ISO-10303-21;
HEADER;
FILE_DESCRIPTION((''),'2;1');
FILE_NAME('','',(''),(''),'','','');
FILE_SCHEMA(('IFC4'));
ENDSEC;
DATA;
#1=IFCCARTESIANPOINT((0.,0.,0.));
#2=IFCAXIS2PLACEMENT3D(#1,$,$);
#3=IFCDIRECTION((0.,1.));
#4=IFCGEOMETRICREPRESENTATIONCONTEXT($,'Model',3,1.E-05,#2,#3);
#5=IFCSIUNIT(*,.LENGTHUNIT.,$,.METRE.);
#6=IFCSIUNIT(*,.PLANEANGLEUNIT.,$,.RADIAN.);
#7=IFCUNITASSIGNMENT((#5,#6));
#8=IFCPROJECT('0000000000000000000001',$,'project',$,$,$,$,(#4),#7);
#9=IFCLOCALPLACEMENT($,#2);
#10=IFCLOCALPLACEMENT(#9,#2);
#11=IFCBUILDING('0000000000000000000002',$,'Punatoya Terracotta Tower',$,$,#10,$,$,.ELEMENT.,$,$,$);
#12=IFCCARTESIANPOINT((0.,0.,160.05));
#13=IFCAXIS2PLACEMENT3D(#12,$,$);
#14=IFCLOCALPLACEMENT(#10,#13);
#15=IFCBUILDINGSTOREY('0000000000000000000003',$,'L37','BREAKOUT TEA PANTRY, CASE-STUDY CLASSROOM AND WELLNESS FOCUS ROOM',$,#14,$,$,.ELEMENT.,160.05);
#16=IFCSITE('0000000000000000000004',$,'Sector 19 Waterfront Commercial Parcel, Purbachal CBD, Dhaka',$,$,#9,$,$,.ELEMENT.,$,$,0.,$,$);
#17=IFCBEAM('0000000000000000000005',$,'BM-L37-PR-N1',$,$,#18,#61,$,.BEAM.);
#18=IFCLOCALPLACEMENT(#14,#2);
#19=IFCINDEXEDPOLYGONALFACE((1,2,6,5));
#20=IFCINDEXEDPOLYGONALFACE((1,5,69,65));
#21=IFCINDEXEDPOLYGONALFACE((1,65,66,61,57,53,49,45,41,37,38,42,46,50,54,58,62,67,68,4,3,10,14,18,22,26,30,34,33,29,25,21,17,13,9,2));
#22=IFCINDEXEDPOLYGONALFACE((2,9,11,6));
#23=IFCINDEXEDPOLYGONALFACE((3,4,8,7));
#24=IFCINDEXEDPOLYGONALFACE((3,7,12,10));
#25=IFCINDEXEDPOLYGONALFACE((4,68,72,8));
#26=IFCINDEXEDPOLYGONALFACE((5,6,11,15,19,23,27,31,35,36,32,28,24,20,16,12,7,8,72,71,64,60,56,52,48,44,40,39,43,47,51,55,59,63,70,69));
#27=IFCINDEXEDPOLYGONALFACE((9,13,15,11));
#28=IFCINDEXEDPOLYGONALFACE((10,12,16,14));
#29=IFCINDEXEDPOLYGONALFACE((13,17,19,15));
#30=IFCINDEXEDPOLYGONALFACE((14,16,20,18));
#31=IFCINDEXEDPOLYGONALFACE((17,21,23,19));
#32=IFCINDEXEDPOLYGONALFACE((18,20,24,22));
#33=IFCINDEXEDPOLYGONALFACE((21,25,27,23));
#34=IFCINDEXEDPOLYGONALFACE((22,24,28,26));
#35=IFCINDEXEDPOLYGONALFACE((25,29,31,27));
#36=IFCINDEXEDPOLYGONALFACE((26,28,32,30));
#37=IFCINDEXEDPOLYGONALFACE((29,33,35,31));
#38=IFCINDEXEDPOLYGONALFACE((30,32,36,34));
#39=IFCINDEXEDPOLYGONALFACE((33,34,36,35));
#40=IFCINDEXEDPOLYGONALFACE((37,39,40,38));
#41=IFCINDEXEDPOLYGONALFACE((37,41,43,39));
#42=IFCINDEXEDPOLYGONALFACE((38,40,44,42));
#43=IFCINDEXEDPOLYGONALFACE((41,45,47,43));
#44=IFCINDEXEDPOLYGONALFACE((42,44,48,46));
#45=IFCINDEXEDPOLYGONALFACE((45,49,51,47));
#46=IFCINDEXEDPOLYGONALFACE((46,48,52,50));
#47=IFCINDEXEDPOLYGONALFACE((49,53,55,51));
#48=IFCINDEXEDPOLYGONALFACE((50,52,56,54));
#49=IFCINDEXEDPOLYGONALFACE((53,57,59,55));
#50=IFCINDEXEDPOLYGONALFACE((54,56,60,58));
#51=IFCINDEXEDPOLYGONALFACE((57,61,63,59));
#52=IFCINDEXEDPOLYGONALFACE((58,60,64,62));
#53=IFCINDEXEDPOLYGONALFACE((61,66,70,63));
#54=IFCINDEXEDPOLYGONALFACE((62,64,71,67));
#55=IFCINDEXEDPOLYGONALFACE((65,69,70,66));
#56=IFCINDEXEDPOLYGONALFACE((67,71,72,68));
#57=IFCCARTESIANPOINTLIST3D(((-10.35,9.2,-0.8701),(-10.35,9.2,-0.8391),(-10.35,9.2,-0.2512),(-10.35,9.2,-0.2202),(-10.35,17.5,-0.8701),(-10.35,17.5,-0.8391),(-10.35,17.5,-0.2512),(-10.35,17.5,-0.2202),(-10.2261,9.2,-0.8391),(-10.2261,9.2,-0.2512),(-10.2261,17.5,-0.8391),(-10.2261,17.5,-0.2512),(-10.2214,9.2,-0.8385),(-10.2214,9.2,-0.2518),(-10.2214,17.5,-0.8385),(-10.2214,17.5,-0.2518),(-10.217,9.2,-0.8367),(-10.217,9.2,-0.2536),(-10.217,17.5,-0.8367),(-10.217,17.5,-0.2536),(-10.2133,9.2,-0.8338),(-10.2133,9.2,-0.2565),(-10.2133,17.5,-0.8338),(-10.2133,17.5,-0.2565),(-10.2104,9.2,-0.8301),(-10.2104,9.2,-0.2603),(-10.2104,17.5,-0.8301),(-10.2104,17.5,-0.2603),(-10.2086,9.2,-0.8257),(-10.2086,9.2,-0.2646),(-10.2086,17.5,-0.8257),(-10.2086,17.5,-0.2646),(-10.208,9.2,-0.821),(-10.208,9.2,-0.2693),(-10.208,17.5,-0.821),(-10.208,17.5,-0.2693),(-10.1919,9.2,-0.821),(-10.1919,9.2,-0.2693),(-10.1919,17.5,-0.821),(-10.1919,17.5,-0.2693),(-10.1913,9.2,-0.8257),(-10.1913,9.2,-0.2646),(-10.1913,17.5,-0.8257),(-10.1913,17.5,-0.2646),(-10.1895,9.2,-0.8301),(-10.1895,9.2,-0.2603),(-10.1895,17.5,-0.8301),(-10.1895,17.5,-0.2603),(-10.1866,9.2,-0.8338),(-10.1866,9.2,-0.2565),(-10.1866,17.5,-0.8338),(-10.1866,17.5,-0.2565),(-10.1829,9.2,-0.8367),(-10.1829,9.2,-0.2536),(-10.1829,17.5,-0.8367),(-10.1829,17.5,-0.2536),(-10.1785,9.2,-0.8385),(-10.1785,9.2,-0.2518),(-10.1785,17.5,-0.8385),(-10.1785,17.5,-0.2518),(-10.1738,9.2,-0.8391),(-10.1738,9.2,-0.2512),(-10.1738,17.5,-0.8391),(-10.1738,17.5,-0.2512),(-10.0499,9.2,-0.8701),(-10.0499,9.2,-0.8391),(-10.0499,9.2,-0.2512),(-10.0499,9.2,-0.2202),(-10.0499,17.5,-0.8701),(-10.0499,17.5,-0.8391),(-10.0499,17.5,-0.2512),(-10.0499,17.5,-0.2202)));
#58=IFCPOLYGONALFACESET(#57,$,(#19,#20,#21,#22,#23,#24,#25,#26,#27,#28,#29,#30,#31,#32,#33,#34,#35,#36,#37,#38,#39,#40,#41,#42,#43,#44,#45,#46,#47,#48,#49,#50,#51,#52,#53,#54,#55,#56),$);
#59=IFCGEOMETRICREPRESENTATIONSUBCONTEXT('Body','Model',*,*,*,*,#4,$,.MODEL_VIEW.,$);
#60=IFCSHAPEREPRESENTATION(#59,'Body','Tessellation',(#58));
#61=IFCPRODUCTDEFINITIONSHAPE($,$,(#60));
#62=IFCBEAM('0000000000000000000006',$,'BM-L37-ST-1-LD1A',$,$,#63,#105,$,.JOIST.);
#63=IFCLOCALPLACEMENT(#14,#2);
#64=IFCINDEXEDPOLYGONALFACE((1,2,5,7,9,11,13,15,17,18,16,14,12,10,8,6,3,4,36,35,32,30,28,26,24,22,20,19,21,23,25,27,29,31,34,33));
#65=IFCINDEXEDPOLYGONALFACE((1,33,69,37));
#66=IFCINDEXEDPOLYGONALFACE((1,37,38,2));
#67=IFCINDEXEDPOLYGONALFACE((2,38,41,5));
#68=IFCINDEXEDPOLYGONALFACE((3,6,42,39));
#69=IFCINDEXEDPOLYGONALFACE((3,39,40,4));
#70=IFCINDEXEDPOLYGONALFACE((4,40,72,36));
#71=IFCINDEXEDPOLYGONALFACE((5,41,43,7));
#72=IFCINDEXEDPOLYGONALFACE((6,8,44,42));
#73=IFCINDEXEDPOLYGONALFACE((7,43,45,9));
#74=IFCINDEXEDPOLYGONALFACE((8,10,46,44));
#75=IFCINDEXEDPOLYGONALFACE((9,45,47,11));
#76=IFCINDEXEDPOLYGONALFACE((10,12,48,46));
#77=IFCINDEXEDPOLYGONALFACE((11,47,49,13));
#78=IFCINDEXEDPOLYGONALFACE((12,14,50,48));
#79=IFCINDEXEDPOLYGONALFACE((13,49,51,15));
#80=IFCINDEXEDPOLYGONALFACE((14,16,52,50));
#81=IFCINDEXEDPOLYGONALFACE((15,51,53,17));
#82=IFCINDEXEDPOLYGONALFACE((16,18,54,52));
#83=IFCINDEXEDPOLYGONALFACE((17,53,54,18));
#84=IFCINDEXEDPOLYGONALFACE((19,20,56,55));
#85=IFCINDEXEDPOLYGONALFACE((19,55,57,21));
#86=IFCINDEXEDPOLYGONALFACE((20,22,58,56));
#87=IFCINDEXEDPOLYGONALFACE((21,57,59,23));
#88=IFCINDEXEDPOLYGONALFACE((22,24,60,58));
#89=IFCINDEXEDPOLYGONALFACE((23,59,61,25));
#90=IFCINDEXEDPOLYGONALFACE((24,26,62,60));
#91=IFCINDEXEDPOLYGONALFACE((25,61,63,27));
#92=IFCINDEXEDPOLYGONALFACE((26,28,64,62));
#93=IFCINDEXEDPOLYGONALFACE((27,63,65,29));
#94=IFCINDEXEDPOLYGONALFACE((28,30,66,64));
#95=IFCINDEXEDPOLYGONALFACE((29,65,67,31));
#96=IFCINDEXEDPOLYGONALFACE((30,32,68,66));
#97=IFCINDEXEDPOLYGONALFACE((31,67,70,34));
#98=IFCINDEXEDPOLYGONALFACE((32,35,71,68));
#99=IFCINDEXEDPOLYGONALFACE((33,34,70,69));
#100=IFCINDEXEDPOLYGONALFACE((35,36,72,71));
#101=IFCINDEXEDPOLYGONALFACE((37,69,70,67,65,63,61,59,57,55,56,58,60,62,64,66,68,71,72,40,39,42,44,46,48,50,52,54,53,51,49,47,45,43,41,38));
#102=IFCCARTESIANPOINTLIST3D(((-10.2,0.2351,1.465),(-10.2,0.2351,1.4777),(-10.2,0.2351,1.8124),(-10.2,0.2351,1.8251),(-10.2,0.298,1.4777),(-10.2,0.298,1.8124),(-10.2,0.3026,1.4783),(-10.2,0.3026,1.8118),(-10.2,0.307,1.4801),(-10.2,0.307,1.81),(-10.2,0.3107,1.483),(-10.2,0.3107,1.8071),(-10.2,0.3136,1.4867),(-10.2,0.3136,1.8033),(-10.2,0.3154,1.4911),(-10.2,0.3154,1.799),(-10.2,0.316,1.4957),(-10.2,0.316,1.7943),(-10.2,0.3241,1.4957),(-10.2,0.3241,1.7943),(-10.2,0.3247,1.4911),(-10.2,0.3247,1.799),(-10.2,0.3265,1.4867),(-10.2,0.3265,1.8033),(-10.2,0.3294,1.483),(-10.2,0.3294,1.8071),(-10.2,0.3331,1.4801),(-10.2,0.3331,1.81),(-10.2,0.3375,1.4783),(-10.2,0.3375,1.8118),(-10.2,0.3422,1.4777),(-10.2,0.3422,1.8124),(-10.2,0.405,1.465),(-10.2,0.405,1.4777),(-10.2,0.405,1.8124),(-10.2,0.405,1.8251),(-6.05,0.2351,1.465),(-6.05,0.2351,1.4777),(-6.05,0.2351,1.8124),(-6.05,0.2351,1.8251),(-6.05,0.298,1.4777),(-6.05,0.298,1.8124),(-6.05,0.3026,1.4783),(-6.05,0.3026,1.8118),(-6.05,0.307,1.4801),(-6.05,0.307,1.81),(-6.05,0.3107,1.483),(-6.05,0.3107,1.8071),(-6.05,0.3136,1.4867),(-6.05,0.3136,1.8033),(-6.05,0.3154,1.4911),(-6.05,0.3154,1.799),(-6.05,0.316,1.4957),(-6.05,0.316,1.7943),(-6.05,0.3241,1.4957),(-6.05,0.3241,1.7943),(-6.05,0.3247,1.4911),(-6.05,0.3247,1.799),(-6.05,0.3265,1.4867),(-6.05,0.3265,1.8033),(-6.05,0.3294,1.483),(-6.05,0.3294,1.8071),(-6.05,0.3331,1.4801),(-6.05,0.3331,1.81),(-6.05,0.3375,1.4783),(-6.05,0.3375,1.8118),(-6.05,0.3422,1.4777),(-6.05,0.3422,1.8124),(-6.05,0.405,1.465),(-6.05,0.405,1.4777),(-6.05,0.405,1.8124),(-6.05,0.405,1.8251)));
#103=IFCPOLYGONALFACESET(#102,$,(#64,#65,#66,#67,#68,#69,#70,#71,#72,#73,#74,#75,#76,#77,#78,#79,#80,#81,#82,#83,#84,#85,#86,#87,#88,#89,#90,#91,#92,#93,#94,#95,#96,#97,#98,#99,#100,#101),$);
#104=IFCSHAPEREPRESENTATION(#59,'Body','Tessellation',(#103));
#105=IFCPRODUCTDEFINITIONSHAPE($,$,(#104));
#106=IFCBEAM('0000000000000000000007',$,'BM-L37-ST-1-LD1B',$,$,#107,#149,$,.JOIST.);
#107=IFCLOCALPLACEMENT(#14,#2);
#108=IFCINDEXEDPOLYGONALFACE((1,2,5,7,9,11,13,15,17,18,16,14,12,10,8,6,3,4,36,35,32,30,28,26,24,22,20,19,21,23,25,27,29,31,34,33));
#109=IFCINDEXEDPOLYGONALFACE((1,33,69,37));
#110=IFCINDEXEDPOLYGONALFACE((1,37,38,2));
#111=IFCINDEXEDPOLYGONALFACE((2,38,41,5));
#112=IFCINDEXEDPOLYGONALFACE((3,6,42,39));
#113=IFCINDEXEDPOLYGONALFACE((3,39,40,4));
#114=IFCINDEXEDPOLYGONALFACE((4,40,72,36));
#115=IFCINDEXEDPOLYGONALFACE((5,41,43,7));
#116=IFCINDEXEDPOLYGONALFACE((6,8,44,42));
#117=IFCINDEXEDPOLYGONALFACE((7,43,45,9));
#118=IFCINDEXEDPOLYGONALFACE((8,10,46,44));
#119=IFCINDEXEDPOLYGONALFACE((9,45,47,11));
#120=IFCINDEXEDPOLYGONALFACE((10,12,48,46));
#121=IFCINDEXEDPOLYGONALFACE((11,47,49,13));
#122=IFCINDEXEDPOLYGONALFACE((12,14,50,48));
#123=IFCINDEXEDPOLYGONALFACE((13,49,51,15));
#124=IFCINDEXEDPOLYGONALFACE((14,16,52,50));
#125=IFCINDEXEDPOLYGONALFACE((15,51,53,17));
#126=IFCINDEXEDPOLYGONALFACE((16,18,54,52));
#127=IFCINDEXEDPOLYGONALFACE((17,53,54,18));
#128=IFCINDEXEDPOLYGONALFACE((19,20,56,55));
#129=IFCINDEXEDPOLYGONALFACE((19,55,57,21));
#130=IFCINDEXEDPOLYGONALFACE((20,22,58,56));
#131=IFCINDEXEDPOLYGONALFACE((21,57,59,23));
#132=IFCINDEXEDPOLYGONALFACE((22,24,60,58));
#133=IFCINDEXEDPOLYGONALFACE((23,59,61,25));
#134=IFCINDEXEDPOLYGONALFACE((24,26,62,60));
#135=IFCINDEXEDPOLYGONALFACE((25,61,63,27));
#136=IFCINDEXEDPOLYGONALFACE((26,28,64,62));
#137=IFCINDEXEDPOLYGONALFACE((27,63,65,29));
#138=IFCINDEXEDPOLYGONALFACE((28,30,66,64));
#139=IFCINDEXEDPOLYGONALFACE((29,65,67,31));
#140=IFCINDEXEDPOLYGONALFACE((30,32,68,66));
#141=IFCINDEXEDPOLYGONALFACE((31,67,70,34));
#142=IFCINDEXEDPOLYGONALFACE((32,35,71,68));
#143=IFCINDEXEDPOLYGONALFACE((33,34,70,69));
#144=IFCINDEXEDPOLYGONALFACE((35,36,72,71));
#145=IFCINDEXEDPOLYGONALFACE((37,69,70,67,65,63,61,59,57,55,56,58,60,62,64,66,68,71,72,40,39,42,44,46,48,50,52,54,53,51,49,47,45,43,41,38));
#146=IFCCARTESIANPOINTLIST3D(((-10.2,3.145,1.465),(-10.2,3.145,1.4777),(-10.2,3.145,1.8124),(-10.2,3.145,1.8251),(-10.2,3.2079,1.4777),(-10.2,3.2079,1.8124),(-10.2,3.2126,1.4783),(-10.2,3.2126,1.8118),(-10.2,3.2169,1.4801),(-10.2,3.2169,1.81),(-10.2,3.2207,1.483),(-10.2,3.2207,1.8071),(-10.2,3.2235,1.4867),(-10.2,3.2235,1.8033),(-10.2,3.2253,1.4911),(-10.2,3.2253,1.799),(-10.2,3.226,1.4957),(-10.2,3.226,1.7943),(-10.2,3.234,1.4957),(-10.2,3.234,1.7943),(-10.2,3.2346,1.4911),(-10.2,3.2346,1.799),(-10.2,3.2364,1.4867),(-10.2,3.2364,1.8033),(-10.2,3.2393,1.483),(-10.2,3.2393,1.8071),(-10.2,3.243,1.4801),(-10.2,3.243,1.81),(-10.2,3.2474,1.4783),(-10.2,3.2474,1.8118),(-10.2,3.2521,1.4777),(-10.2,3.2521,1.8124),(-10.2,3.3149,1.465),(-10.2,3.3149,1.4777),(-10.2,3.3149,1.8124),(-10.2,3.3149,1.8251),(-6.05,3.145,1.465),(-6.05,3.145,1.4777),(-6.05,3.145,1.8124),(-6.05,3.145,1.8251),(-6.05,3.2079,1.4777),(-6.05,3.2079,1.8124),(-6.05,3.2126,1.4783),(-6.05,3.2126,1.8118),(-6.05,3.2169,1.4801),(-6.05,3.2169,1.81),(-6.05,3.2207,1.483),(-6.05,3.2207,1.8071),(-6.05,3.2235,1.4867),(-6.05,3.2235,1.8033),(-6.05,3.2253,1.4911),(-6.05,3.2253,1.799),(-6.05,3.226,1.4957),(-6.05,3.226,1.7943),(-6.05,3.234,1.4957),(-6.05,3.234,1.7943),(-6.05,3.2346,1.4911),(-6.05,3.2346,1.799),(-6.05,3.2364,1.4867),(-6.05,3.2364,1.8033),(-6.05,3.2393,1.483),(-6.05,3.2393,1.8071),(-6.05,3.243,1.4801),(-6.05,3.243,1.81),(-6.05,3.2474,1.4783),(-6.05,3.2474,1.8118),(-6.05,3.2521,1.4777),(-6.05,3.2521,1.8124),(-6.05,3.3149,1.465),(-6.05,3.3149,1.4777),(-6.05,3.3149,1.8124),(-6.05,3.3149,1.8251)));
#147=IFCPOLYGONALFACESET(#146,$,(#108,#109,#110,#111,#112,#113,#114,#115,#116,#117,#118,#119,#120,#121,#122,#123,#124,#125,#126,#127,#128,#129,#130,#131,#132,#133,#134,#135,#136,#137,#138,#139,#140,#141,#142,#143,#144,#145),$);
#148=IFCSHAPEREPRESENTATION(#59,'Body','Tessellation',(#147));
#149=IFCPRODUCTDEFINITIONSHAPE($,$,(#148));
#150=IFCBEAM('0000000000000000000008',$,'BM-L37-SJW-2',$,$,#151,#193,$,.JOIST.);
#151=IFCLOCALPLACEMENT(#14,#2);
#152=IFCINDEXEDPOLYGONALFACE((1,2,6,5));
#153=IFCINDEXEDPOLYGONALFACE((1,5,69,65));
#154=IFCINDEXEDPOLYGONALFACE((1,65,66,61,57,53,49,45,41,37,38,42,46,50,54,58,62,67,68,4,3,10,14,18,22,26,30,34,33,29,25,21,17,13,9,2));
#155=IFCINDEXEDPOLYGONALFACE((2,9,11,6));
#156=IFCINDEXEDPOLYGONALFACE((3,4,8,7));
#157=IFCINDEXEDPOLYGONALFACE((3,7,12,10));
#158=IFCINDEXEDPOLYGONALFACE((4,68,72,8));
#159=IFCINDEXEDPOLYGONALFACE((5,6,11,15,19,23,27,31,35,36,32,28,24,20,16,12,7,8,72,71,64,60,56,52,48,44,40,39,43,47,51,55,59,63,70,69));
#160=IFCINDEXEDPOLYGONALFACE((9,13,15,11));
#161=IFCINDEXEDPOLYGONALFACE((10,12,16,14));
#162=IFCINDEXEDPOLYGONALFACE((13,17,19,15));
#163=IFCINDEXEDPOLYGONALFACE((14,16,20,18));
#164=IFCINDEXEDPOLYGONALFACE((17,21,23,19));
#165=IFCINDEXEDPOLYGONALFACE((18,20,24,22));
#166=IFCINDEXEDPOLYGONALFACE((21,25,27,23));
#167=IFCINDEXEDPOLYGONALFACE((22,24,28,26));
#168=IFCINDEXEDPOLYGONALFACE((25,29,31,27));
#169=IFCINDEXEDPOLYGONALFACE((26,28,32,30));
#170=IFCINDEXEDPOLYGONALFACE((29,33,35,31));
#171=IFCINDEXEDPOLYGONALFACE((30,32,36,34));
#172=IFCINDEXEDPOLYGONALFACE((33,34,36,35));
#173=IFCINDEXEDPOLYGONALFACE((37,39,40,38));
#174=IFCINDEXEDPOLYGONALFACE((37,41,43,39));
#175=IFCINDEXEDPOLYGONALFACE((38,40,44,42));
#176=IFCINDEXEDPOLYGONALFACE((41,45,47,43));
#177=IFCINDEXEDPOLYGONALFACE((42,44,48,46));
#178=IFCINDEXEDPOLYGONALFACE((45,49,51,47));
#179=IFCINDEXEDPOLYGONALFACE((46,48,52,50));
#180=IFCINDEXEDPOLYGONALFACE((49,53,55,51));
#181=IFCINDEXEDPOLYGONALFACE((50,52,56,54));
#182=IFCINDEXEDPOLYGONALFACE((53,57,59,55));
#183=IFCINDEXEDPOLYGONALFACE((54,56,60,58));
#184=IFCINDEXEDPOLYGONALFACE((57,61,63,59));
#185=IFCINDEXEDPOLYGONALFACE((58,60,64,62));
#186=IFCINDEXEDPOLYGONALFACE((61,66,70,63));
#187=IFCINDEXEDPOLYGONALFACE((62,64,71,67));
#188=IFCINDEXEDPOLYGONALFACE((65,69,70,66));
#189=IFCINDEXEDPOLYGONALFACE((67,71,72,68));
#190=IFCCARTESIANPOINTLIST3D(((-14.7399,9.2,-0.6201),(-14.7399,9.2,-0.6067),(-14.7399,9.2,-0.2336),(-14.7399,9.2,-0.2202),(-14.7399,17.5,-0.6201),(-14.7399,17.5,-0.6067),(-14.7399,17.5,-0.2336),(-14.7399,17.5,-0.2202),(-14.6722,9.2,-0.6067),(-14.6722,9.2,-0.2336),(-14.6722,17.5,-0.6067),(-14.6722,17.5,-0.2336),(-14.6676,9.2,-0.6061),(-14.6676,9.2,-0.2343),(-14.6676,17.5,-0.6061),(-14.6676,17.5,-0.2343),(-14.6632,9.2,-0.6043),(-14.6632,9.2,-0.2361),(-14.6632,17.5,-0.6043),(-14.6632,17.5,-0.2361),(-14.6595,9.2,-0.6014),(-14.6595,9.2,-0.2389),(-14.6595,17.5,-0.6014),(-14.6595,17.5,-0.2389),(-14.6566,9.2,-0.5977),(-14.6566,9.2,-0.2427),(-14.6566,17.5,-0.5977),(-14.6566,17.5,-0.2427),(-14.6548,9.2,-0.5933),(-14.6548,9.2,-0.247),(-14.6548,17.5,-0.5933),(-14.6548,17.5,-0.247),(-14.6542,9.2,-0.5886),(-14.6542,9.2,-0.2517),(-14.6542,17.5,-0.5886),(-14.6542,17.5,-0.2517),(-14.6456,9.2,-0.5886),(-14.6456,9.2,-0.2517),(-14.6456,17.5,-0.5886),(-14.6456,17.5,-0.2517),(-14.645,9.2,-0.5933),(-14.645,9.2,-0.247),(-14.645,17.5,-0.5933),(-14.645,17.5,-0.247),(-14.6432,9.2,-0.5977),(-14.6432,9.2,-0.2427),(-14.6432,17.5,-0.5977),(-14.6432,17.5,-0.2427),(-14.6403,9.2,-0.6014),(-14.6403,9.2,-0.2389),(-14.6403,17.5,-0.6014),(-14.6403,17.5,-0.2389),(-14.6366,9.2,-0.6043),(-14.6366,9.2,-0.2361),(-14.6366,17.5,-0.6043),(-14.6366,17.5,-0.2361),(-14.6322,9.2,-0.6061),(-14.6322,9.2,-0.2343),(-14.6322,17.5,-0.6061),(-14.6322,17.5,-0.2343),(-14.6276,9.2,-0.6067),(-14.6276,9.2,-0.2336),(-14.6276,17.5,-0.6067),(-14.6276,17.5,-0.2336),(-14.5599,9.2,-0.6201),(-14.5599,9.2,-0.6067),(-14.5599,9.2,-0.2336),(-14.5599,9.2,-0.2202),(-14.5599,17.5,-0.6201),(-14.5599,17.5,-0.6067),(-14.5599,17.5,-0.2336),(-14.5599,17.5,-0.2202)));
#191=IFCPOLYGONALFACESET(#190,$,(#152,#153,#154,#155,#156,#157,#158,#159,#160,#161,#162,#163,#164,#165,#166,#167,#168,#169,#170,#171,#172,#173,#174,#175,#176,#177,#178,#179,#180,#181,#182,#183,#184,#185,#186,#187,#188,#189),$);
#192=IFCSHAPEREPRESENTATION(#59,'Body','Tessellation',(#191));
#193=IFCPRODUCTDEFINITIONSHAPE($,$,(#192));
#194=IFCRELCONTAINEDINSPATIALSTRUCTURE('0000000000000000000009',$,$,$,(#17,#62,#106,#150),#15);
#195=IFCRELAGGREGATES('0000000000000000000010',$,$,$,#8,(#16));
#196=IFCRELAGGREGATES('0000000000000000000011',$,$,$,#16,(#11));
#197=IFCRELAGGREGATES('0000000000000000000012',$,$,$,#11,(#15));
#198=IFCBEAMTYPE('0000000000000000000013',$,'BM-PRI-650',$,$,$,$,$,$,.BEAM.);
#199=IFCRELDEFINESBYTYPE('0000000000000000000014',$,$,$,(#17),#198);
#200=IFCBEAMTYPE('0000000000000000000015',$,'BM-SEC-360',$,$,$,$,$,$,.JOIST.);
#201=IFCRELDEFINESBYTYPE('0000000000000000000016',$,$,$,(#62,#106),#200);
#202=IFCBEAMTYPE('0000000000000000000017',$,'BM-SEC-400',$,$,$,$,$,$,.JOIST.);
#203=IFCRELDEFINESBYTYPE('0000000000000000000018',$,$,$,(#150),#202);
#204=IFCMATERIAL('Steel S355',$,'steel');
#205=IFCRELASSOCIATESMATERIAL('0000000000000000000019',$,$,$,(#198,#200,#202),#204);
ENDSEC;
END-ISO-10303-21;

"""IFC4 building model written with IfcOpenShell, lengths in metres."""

from ifc_helpers import new_model, si_unit, direction, frame, origin, origin_2d, place, context, subcontext, project, spatial, i_section, extrude, material, material_profile, profile_set, type_object, element, save


model = new_model("IFC4")

# Units and contexts
model_context = context("Model", 3, precision=1e-05, world=origin(), true_north=direction((0.0, 1.0)))
body_context = subcontext(model_context, "Body", "Model", "MODEL_VIEW")
ifc_project = project(units=[si_unit("LENGTHUNIT", "METRE"), si_unit("PLANEANGLEUNIT", "RADIAN")], contexts=[model_context])

# Site, building, storey
site_placement = place(None, origin())
site = spatial("IfcSite", under=ifc_project, at=site_placement, Name="Sector 19 Waterfront Commercial Parcel, Purbachal CBD, Dhaka", CompositionType="ELEMENT", RefElevation=0.0)
building_placement = place(site_placement, origin())
building = spatial("IfcBuilding", under=site, at=building_placement, Name="Punatoya Terracotta Tower", CompositionType="ELEMENT")
storey_placement = place(building_placement, frame((0.0, 0.0, 160.05)))
storey = spatial("IfcBuildingStorey", under=building, at=storey_placement, Name="L37", Description="BREAKOUT TEA PANTRY, CASE-STUDY CLASSROOM AND WELLNESS FOCUS ROOM", CompositionType="ELEMENT", Elevation=160.05)

# Beams
ifc_material_1 = material(Name="Steel S355", Category="steel")
ifc_material_profile_1 = material_profile(ifc_material_1, i_section(OverallWidth=0.3, OverallDepth=0.6499, WebThickness=0.0161, FlangeThickness=0.031, FilletRadius=0.0181, at=origin_2d()))
ifc_profile_set_1 = profile_set([ifc_material_profile_1], Name="Steel S355")
beam_type_1 = type_object("IfcBeamType", Name="BM-PRI-650", PredefinedType="BEAM", material=ifc_profile_set_1)
beam_1_placement = place(storey_placement, frame((-10.2, 9.2, -0.5452), z_axis=(0.0, 1.0, 0.0), x_axis=(-1.0, 0.0, 0.0)))
element("IfcBeam", 1, at=beam_1_placement, inside=storey, type_object=beam_type_1, Name="BM-L37-PR-N1", PredefinedType="BEAM", context=body_context, shape_type="SweptSolid", body=[
    extrude(i_section(OverallWidth=0.3, OverallDepth=0.6499, WebThickness=0.0161, FlangeThickness=0.031, FilletRadius=0.0181, at=origin_2d()), origin(), (0.0, 0.0, 1.0), 8.3),
])
ifc_material_profile_2 = material_profile(ifc_material_1, i_section(OverallWidth=0.1699, OverallDepth=0.3601, WebThickness=0.0081, FlangeThickness=0.0127, FilletRadius=0.0181, at=origin_2d()))
ifc_profile_set_2 = profile_set([ifc_material_profile_2], Name="Steel S355")
beam_type_2 = type_object("IfcBeamType", Name="BM-SEC-360", PredefinedType="JOIST", material=ifc_profile_set_2)
for number, where, z_axis, x_axis, name in (
    (2, (-10.2, 0.3201, 1.645), (1.0, 0.0, 0.0), (0.0, 1.0, 0.0), "BM-L37-ST-1-LD1A"),
    (3, (-10.2, 3.23, 1.645), (1.0, 0.0, 0.0), (0.0, 1.0, 0.0), "BM-L37-ST-1-LD1B"),
):
    element("IfcBeam", number, at=place(storey_placement, frame(where, z_axis=z_axis, x_axis=x_axis)), inside=storey, type_object=beam_type_2, Name=name, PredefinedType="JOIST", context=body_context, shape_type="SweptSolid", body=[
        extrude(i_section(OverallWidth=0.1699, OverallDepth=0.3601, WebThickness=0.0081, FlangeThickness=0.0127, FilletRadius=0.0181, at=origin_2d()), origin(), (0.0, 0.0, 1.0), 4.1499),
    ])
ifc_material_profile_3 = material_profile(ifc_material_1, i_section(OverallWidth=0.1799, OverallDepth=0.3999, WebThickness=0.0085, FlangeThickness=0.0134, FilletRadius=0.0181, at=origin_2d()))
ifc_profile_set_3 = profile_set([ifc_material_profile_3], Name="Steel S355")
beam_type_3 = type_object("IfcBeamType", Name="BM-SEC-400", PredefinedType="JOIST", material=ifc_profile_set_3)
beam_2_placement = place(storey_placement, frame((-14.6499, 9.2, -0.4202), z_axis=(0.0, 1.0, 0.0), x_axis=(-1.0, 0.0, 0.0)))
element("IfcBeam", 4, at=beam_2_placement, inside=storey, type_object=beam_type_3, Name="BM-L37-SJW-2", PredefinedType="JOIST", context=body_context, shape_type="SweptSolid", body=[
    extrude(i_section(OverallWidth=0.1799, OverallDepth=0.3999, WebThickness=0.0085, FlangeThickness=0.0134, FilletRadius=0.0181, at=origin_2d()), origin(), (0.0, 0.0, 1.0), 8.3),
])

save(model, "model.ifc")
